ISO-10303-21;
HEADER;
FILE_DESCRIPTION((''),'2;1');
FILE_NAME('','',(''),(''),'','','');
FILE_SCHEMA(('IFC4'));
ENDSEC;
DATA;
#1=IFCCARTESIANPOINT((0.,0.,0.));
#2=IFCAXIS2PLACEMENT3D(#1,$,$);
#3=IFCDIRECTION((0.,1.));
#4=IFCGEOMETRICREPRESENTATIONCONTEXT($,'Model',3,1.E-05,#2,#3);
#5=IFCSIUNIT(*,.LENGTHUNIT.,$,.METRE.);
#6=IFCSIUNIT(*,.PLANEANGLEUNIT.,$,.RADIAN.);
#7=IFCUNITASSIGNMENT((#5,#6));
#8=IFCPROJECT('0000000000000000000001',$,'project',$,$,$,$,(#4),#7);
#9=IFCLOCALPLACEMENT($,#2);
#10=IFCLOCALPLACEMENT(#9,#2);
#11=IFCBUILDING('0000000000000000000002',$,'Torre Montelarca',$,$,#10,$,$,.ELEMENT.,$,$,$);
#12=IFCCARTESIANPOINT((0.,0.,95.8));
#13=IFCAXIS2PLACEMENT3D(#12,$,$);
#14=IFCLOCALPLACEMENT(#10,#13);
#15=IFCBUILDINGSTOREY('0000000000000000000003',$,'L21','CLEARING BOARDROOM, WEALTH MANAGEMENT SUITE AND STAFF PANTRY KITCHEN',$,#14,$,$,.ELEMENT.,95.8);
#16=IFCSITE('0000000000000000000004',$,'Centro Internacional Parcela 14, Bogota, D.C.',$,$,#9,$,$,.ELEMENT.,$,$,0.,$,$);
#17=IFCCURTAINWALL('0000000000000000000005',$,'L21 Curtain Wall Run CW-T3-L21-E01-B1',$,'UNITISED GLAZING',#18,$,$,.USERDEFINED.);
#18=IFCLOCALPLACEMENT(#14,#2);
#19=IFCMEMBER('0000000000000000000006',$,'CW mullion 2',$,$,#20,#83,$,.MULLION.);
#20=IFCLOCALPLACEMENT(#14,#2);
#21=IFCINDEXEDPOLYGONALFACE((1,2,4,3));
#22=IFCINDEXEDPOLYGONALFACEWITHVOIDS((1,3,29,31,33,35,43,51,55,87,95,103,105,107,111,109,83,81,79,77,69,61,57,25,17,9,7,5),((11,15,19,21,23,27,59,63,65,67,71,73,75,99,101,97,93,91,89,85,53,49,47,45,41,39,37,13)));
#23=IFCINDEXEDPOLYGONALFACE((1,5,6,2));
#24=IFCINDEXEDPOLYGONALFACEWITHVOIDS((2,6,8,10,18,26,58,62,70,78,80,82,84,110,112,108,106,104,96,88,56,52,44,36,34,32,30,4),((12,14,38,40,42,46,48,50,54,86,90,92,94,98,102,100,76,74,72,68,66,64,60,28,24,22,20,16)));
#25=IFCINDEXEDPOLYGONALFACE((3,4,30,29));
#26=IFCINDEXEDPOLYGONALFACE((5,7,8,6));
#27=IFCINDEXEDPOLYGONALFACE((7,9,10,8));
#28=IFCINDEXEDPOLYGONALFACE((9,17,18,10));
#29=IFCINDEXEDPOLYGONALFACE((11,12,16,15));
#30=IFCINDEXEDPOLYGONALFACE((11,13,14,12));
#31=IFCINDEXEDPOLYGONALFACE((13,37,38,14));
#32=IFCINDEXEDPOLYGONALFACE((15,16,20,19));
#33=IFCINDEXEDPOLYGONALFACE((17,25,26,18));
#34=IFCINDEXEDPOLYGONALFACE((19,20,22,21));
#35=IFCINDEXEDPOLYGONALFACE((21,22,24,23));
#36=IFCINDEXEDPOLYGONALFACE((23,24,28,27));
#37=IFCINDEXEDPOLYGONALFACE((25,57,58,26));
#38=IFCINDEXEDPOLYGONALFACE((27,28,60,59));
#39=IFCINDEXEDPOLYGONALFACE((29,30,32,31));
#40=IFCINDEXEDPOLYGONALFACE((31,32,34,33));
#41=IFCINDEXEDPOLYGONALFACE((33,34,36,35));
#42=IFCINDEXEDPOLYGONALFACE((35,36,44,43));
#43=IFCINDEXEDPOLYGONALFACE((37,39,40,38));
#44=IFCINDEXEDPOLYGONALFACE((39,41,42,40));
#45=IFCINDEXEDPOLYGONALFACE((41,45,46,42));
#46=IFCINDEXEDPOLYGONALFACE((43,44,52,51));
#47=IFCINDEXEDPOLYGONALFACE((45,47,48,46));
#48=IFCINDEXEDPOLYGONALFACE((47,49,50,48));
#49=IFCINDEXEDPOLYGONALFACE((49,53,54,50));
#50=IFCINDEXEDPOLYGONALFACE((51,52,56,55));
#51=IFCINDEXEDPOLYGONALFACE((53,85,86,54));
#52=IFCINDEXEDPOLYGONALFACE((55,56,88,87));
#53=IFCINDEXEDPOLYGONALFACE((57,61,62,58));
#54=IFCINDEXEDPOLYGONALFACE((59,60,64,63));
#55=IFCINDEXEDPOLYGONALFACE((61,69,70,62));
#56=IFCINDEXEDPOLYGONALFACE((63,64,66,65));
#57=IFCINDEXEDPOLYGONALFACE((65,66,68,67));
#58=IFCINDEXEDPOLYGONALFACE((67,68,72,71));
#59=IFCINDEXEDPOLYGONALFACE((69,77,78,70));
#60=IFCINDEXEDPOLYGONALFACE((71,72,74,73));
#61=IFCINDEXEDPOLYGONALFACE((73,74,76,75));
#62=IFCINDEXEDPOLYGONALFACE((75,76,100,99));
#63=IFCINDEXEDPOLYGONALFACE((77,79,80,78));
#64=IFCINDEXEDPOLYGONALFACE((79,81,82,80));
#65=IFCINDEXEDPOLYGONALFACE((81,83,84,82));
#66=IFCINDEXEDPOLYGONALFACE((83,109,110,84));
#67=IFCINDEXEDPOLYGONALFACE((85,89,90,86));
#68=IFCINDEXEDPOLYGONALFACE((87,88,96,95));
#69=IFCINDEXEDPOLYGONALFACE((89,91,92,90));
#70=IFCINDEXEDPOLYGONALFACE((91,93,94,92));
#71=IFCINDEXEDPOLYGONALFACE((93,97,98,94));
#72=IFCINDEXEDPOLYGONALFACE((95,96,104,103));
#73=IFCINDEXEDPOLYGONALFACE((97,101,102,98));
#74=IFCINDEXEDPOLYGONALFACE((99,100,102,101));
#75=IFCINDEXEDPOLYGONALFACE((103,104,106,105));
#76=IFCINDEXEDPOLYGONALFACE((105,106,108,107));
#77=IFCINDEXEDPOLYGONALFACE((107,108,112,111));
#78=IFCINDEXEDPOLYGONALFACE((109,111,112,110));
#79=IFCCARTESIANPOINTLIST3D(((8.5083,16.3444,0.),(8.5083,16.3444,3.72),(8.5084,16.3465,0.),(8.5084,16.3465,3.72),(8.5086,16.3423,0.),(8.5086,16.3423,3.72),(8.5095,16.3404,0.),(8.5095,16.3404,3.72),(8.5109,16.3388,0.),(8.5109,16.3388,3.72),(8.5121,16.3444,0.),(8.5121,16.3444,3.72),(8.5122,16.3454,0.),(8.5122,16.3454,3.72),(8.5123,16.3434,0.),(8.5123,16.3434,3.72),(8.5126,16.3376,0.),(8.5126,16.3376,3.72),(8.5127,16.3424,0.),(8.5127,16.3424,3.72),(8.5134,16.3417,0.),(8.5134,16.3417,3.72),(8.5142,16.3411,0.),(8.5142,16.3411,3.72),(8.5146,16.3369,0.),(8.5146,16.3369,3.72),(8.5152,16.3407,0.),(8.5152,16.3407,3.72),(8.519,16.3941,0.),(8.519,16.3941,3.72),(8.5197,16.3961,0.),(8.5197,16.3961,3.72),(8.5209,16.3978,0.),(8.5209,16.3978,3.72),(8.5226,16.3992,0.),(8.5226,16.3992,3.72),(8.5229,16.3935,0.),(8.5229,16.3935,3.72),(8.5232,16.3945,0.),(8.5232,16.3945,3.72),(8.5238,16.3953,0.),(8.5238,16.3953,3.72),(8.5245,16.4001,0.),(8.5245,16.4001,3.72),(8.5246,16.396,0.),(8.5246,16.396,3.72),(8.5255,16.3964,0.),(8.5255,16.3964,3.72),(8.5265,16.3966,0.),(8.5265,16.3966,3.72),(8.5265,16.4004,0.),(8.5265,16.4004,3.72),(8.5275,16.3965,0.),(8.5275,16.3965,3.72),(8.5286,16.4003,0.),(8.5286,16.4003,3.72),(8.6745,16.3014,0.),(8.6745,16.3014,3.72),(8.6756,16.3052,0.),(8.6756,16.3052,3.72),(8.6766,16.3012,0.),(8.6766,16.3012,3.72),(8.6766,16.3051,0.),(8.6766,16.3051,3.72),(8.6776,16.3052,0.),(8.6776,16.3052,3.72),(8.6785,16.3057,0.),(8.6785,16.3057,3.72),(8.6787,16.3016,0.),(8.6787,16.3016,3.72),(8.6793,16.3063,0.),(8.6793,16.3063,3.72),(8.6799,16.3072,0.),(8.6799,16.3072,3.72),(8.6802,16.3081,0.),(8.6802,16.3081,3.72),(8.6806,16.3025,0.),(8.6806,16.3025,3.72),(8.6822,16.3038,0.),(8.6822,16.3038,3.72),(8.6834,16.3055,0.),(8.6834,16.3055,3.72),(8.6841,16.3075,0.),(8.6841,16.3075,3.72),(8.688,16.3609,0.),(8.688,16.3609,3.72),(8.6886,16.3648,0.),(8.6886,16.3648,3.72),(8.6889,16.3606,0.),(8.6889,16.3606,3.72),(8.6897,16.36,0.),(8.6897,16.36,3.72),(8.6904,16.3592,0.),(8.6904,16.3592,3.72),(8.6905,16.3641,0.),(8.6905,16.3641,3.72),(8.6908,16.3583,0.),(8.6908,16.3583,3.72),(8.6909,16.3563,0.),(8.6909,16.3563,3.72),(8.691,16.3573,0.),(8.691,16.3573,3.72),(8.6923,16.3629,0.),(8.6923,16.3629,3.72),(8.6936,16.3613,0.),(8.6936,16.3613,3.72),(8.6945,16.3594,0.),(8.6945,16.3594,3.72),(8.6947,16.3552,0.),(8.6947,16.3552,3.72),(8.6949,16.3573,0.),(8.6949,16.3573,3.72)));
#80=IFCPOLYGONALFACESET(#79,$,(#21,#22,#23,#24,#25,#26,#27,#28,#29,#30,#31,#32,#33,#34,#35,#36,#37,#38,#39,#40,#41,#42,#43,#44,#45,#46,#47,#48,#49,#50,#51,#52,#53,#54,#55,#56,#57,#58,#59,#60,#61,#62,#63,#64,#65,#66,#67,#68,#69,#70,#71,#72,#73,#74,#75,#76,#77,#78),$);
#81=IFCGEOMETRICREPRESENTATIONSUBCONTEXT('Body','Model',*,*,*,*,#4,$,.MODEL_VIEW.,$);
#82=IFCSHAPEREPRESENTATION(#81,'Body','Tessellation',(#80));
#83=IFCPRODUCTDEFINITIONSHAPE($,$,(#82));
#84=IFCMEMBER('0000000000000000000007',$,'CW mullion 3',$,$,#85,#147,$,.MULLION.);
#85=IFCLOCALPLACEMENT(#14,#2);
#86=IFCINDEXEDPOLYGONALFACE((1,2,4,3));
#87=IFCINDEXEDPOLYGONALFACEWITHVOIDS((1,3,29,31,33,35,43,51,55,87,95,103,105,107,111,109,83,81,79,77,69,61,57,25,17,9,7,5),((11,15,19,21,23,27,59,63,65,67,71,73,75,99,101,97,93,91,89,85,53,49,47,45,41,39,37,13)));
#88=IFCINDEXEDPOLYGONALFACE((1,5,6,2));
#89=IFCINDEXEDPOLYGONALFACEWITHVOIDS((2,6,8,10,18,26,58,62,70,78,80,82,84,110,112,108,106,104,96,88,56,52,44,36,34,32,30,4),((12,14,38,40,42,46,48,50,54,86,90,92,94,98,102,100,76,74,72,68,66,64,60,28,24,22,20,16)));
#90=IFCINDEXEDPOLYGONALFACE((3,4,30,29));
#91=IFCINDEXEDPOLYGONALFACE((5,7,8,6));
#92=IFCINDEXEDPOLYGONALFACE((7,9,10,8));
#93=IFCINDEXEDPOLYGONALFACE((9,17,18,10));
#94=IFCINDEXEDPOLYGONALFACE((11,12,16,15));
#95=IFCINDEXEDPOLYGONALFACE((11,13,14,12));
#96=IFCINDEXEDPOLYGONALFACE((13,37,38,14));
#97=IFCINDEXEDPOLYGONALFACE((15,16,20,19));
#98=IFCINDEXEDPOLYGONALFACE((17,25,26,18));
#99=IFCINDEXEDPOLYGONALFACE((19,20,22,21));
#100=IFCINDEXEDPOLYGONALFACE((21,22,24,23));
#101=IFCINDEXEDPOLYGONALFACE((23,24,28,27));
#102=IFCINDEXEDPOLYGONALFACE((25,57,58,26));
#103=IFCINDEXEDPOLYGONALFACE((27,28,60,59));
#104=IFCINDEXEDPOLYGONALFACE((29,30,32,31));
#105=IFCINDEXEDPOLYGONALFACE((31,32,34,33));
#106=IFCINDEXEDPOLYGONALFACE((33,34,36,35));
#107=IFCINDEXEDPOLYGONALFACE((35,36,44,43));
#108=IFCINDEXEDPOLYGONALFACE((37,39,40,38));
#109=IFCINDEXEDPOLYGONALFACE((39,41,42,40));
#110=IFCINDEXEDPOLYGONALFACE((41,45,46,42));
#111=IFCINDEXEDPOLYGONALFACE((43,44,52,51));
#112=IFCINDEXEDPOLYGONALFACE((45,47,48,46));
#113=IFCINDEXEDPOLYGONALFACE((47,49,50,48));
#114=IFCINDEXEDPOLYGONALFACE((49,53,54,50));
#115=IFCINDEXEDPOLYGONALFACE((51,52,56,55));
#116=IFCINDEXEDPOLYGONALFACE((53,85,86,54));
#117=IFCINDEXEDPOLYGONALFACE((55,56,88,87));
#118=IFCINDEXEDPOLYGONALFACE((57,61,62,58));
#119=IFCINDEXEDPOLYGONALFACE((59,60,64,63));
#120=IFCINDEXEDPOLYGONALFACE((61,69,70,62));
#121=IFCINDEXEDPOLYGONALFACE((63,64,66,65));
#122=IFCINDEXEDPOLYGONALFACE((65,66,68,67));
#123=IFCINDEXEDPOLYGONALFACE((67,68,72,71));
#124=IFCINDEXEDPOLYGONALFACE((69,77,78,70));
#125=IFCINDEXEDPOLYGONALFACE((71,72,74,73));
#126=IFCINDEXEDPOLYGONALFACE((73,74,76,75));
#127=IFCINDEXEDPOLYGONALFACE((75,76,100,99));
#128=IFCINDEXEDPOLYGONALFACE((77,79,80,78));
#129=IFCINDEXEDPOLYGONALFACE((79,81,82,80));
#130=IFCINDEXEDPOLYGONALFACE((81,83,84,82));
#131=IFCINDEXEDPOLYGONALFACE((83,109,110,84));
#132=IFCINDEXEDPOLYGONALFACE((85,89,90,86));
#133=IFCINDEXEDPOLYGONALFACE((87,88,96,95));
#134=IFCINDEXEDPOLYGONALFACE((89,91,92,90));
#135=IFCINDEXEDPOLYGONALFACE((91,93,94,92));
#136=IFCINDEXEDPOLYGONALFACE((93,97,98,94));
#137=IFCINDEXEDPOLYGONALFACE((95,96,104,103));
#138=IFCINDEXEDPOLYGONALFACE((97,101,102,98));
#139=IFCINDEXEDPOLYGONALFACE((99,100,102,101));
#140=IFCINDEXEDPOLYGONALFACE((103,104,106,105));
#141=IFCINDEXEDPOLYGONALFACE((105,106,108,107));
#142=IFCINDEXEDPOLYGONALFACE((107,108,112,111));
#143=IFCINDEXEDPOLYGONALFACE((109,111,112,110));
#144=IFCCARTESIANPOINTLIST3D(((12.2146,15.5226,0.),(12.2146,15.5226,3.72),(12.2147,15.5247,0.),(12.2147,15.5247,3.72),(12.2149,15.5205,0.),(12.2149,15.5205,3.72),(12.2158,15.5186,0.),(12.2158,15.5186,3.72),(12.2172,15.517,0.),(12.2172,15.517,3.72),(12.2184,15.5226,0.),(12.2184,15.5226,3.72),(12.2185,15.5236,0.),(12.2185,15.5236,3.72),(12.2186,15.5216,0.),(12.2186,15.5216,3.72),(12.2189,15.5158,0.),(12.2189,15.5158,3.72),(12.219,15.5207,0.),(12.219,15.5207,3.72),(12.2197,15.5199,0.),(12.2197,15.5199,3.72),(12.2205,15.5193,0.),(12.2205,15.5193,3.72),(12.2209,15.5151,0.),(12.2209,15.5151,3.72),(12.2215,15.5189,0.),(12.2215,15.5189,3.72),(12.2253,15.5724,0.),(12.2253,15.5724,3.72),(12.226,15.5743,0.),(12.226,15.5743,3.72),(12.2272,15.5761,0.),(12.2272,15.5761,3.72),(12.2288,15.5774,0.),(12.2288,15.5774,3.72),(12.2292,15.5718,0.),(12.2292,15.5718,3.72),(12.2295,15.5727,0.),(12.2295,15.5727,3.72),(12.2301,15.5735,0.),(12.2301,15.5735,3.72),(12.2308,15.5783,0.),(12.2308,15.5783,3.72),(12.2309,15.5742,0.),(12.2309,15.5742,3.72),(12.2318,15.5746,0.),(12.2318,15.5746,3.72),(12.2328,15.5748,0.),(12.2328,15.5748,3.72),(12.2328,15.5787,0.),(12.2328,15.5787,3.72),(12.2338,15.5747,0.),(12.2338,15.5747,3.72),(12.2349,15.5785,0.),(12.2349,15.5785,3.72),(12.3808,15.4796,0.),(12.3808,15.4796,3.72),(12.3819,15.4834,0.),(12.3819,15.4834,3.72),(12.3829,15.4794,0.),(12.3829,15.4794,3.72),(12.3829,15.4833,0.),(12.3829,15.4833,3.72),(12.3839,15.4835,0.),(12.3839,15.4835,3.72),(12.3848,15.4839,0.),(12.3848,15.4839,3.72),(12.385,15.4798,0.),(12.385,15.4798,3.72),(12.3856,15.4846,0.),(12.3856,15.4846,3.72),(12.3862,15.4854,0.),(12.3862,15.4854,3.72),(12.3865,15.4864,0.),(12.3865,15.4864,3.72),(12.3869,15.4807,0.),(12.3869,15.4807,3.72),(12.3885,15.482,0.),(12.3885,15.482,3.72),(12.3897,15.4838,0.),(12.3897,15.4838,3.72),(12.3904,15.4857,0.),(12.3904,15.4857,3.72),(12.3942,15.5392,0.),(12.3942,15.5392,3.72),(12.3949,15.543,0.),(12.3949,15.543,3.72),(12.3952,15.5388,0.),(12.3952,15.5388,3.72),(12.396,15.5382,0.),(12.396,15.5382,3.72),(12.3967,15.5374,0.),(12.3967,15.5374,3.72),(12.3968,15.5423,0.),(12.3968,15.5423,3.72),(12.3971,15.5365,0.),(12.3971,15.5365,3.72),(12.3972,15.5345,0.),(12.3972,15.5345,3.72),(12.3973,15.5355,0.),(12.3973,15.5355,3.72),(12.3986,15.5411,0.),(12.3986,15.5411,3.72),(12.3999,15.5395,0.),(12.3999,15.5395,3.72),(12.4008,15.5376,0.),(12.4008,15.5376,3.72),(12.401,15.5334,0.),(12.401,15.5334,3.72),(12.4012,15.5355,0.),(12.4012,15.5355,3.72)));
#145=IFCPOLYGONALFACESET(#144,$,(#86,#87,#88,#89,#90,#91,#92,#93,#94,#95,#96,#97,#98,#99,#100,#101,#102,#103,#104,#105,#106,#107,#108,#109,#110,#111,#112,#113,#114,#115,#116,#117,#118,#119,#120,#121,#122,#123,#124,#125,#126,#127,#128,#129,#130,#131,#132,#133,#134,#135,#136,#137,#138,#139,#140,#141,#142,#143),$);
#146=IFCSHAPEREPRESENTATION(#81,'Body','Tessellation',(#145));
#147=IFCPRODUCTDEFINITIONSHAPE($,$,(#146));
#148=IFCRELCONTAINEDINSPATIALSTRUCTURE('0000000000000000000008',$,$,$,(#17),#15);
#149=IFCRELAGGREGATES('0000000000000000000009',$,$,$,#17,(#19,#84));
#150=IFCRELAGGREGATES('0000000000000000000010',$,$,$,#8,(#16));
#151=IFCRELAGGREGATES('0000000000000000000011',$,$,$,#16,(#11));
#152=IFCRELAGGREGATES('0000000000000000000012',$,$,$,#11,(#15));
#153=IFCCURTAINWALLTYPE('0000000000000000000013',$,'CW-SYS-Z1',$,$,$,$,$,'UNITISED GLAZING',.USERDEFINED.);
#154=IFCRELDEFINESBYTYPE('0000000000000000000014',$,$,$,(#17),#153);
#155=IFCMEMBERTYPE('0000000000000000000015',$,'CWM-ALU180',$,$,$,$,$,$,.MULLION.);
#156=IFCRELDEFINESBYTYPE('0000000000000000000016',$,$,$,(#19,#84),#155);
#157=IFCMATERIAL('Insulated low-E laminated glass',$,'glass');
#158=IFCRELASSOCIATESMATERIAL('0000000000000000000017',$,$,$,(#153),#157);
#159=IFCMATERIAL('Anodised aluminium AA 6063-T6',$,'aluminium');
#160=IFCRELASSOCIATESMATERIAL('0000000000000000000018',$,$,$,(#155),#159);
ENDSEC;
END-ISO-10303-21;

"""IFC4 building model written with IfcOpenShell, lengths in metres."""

from ifc_helpers import new_model, si_unit, direction, frame, origin, origin_2d, place, context, subcontext, project, spatial, hollow_rectangle, extrude, source, transform, mapped, material, material_profile, profile_set, type_object, element, aggregate, save


model = new_model("IFC4")

# Units and contexts
model_context = context("Model", 3, precision=1e-05, world=origin(), true_north=direction((0.0, 1.0)))
body_context = subcontext(model_context, "Body", "Model", "MODEL_VIEW")
ifc_project = project(units=[si_unit("LENGTHUNIT", "METRE"), si_unit("PLANEANGLEUNIT", "RADIAN")], contexts=[model_context])

# Site, building, storey
site_placement = place(None, origin())
site = spatial("IfcSite", under=ifc_project, at=site_placement, Name="Centro Internacional Parcela 14, Bogota, D.C.", CompositionType="ELEMENT", RefElevation=0.0)
building_placement = place(site_placement, origin())
building = spatial("IfcBuilding", under=site, at=building_placement, Name="Torre Montelarca", CompositionType="ELEMENT")
storey_placement = place(building_placement, frame((0.0, 0.0, 95.8)))
storey = spatial("IfcBuildingStorey", under=building, at=storey_placement, Name="L21", Description="CLEARING BOARDROOM, WEALTH MANAGEMENT SUITE AND STAFF PANTRY KITCHEN", CompositionType="ELEMENT", Elevation=95.8)

# Curtain wall
ifc_material_1 = material(Name="Insulated low-E laminated glass", Category="glass")
curtain_wall_type = type_object("IfcCurtainWallType", Name="CW-SYS-Z1", ElementType="UNITISED GLAZING", PredefinedType="USERDEFINED", material=ifc_material_1)
curtain_wall_1_placement = place(storey_placement, origin())
curtain_wall_1 = element("IfcCurtainWall", 1, at=curtain_wall_1_placement, inside=storey, type_object=curtain_wall_type, Name="L21 Curtain Wall Run CW-T3-L21-E01-B1", ObjectType="UNITISED GLAZING", PredefinedType="USERDEFINED")
ifc_material_2 = material(Name="Anodised aluminium AA 6063-T6", Category="aluminium")

# Members
ifc_material_profile_1 = material_profile(ifc_material_2, hollow_rectangle(XDim=0.0649, YDim=0.1799, WallThickness=0.0039, InnerFilletRadius=0.0039, OuterFilletRadius=0.0081, at=origin_2d()), Name="ALU65X180X4", Category="aluminium")
ifc_profile_set_1 = profile_set([ifc_material_profile_1], Name="Anodised aluminium AA 6063-T6")
member_type_1 = type_object("IfcMemberType", Name="CWM-ALU180", PredefinedType="MULLION", material=ifc_profile_set_1)
shared_shape_1 = source(origin(), body_context, "Body", "SweptSolid", [
    extrude(hollow_rectangle(XDim=0.0649, YDim=0.1799, WallThickness=0.0039, InnerFilletRadius=0.0039, OuterFilletRadius=0.0081, at=origin_2d()), origin(), (0.0, 0.0, 1.0), 3.72),
])
member_1_placement = place(storey_placement, frame((8.6016, 16.3508, 0.0), z_axis=(0.0, 0.0, 1.0), x_axis=(0.216446, 0.976294, 0.0)))
member_1 = element("IfcMember", 2, at=member_1_placement, type_object=member_type_1, Name="CW mullion 2", PredefinedType="MULLION", context=body_context, shape_type="MappedRepresentation", body=[
    mapped(shared_shape_1, transform((0.0, 0.0, 0.0), scale=1.0)),
])
member_2_placement = place(storey_placement, frame((12.3079, 15.5291, 0.0), z_axis=(0.0, 0.0, 1.0), x_axis=(0.216446, 0.976294, 0.0)))
member_2 = element("IfcMember", 3, at=member_2_placement, type_object=member_type_1, Name="CW mullion 3", PredefinedType="MULLION", context=body_context, shape_type="MappedRepresentation", body=[
    mapped(shared_shape_1, transform((0.0, 0.0, 0.0), scale=1.0)),
])

aggregate(curtain_wall_1, [member_1, member_2])

save(model, "model.ifc")
